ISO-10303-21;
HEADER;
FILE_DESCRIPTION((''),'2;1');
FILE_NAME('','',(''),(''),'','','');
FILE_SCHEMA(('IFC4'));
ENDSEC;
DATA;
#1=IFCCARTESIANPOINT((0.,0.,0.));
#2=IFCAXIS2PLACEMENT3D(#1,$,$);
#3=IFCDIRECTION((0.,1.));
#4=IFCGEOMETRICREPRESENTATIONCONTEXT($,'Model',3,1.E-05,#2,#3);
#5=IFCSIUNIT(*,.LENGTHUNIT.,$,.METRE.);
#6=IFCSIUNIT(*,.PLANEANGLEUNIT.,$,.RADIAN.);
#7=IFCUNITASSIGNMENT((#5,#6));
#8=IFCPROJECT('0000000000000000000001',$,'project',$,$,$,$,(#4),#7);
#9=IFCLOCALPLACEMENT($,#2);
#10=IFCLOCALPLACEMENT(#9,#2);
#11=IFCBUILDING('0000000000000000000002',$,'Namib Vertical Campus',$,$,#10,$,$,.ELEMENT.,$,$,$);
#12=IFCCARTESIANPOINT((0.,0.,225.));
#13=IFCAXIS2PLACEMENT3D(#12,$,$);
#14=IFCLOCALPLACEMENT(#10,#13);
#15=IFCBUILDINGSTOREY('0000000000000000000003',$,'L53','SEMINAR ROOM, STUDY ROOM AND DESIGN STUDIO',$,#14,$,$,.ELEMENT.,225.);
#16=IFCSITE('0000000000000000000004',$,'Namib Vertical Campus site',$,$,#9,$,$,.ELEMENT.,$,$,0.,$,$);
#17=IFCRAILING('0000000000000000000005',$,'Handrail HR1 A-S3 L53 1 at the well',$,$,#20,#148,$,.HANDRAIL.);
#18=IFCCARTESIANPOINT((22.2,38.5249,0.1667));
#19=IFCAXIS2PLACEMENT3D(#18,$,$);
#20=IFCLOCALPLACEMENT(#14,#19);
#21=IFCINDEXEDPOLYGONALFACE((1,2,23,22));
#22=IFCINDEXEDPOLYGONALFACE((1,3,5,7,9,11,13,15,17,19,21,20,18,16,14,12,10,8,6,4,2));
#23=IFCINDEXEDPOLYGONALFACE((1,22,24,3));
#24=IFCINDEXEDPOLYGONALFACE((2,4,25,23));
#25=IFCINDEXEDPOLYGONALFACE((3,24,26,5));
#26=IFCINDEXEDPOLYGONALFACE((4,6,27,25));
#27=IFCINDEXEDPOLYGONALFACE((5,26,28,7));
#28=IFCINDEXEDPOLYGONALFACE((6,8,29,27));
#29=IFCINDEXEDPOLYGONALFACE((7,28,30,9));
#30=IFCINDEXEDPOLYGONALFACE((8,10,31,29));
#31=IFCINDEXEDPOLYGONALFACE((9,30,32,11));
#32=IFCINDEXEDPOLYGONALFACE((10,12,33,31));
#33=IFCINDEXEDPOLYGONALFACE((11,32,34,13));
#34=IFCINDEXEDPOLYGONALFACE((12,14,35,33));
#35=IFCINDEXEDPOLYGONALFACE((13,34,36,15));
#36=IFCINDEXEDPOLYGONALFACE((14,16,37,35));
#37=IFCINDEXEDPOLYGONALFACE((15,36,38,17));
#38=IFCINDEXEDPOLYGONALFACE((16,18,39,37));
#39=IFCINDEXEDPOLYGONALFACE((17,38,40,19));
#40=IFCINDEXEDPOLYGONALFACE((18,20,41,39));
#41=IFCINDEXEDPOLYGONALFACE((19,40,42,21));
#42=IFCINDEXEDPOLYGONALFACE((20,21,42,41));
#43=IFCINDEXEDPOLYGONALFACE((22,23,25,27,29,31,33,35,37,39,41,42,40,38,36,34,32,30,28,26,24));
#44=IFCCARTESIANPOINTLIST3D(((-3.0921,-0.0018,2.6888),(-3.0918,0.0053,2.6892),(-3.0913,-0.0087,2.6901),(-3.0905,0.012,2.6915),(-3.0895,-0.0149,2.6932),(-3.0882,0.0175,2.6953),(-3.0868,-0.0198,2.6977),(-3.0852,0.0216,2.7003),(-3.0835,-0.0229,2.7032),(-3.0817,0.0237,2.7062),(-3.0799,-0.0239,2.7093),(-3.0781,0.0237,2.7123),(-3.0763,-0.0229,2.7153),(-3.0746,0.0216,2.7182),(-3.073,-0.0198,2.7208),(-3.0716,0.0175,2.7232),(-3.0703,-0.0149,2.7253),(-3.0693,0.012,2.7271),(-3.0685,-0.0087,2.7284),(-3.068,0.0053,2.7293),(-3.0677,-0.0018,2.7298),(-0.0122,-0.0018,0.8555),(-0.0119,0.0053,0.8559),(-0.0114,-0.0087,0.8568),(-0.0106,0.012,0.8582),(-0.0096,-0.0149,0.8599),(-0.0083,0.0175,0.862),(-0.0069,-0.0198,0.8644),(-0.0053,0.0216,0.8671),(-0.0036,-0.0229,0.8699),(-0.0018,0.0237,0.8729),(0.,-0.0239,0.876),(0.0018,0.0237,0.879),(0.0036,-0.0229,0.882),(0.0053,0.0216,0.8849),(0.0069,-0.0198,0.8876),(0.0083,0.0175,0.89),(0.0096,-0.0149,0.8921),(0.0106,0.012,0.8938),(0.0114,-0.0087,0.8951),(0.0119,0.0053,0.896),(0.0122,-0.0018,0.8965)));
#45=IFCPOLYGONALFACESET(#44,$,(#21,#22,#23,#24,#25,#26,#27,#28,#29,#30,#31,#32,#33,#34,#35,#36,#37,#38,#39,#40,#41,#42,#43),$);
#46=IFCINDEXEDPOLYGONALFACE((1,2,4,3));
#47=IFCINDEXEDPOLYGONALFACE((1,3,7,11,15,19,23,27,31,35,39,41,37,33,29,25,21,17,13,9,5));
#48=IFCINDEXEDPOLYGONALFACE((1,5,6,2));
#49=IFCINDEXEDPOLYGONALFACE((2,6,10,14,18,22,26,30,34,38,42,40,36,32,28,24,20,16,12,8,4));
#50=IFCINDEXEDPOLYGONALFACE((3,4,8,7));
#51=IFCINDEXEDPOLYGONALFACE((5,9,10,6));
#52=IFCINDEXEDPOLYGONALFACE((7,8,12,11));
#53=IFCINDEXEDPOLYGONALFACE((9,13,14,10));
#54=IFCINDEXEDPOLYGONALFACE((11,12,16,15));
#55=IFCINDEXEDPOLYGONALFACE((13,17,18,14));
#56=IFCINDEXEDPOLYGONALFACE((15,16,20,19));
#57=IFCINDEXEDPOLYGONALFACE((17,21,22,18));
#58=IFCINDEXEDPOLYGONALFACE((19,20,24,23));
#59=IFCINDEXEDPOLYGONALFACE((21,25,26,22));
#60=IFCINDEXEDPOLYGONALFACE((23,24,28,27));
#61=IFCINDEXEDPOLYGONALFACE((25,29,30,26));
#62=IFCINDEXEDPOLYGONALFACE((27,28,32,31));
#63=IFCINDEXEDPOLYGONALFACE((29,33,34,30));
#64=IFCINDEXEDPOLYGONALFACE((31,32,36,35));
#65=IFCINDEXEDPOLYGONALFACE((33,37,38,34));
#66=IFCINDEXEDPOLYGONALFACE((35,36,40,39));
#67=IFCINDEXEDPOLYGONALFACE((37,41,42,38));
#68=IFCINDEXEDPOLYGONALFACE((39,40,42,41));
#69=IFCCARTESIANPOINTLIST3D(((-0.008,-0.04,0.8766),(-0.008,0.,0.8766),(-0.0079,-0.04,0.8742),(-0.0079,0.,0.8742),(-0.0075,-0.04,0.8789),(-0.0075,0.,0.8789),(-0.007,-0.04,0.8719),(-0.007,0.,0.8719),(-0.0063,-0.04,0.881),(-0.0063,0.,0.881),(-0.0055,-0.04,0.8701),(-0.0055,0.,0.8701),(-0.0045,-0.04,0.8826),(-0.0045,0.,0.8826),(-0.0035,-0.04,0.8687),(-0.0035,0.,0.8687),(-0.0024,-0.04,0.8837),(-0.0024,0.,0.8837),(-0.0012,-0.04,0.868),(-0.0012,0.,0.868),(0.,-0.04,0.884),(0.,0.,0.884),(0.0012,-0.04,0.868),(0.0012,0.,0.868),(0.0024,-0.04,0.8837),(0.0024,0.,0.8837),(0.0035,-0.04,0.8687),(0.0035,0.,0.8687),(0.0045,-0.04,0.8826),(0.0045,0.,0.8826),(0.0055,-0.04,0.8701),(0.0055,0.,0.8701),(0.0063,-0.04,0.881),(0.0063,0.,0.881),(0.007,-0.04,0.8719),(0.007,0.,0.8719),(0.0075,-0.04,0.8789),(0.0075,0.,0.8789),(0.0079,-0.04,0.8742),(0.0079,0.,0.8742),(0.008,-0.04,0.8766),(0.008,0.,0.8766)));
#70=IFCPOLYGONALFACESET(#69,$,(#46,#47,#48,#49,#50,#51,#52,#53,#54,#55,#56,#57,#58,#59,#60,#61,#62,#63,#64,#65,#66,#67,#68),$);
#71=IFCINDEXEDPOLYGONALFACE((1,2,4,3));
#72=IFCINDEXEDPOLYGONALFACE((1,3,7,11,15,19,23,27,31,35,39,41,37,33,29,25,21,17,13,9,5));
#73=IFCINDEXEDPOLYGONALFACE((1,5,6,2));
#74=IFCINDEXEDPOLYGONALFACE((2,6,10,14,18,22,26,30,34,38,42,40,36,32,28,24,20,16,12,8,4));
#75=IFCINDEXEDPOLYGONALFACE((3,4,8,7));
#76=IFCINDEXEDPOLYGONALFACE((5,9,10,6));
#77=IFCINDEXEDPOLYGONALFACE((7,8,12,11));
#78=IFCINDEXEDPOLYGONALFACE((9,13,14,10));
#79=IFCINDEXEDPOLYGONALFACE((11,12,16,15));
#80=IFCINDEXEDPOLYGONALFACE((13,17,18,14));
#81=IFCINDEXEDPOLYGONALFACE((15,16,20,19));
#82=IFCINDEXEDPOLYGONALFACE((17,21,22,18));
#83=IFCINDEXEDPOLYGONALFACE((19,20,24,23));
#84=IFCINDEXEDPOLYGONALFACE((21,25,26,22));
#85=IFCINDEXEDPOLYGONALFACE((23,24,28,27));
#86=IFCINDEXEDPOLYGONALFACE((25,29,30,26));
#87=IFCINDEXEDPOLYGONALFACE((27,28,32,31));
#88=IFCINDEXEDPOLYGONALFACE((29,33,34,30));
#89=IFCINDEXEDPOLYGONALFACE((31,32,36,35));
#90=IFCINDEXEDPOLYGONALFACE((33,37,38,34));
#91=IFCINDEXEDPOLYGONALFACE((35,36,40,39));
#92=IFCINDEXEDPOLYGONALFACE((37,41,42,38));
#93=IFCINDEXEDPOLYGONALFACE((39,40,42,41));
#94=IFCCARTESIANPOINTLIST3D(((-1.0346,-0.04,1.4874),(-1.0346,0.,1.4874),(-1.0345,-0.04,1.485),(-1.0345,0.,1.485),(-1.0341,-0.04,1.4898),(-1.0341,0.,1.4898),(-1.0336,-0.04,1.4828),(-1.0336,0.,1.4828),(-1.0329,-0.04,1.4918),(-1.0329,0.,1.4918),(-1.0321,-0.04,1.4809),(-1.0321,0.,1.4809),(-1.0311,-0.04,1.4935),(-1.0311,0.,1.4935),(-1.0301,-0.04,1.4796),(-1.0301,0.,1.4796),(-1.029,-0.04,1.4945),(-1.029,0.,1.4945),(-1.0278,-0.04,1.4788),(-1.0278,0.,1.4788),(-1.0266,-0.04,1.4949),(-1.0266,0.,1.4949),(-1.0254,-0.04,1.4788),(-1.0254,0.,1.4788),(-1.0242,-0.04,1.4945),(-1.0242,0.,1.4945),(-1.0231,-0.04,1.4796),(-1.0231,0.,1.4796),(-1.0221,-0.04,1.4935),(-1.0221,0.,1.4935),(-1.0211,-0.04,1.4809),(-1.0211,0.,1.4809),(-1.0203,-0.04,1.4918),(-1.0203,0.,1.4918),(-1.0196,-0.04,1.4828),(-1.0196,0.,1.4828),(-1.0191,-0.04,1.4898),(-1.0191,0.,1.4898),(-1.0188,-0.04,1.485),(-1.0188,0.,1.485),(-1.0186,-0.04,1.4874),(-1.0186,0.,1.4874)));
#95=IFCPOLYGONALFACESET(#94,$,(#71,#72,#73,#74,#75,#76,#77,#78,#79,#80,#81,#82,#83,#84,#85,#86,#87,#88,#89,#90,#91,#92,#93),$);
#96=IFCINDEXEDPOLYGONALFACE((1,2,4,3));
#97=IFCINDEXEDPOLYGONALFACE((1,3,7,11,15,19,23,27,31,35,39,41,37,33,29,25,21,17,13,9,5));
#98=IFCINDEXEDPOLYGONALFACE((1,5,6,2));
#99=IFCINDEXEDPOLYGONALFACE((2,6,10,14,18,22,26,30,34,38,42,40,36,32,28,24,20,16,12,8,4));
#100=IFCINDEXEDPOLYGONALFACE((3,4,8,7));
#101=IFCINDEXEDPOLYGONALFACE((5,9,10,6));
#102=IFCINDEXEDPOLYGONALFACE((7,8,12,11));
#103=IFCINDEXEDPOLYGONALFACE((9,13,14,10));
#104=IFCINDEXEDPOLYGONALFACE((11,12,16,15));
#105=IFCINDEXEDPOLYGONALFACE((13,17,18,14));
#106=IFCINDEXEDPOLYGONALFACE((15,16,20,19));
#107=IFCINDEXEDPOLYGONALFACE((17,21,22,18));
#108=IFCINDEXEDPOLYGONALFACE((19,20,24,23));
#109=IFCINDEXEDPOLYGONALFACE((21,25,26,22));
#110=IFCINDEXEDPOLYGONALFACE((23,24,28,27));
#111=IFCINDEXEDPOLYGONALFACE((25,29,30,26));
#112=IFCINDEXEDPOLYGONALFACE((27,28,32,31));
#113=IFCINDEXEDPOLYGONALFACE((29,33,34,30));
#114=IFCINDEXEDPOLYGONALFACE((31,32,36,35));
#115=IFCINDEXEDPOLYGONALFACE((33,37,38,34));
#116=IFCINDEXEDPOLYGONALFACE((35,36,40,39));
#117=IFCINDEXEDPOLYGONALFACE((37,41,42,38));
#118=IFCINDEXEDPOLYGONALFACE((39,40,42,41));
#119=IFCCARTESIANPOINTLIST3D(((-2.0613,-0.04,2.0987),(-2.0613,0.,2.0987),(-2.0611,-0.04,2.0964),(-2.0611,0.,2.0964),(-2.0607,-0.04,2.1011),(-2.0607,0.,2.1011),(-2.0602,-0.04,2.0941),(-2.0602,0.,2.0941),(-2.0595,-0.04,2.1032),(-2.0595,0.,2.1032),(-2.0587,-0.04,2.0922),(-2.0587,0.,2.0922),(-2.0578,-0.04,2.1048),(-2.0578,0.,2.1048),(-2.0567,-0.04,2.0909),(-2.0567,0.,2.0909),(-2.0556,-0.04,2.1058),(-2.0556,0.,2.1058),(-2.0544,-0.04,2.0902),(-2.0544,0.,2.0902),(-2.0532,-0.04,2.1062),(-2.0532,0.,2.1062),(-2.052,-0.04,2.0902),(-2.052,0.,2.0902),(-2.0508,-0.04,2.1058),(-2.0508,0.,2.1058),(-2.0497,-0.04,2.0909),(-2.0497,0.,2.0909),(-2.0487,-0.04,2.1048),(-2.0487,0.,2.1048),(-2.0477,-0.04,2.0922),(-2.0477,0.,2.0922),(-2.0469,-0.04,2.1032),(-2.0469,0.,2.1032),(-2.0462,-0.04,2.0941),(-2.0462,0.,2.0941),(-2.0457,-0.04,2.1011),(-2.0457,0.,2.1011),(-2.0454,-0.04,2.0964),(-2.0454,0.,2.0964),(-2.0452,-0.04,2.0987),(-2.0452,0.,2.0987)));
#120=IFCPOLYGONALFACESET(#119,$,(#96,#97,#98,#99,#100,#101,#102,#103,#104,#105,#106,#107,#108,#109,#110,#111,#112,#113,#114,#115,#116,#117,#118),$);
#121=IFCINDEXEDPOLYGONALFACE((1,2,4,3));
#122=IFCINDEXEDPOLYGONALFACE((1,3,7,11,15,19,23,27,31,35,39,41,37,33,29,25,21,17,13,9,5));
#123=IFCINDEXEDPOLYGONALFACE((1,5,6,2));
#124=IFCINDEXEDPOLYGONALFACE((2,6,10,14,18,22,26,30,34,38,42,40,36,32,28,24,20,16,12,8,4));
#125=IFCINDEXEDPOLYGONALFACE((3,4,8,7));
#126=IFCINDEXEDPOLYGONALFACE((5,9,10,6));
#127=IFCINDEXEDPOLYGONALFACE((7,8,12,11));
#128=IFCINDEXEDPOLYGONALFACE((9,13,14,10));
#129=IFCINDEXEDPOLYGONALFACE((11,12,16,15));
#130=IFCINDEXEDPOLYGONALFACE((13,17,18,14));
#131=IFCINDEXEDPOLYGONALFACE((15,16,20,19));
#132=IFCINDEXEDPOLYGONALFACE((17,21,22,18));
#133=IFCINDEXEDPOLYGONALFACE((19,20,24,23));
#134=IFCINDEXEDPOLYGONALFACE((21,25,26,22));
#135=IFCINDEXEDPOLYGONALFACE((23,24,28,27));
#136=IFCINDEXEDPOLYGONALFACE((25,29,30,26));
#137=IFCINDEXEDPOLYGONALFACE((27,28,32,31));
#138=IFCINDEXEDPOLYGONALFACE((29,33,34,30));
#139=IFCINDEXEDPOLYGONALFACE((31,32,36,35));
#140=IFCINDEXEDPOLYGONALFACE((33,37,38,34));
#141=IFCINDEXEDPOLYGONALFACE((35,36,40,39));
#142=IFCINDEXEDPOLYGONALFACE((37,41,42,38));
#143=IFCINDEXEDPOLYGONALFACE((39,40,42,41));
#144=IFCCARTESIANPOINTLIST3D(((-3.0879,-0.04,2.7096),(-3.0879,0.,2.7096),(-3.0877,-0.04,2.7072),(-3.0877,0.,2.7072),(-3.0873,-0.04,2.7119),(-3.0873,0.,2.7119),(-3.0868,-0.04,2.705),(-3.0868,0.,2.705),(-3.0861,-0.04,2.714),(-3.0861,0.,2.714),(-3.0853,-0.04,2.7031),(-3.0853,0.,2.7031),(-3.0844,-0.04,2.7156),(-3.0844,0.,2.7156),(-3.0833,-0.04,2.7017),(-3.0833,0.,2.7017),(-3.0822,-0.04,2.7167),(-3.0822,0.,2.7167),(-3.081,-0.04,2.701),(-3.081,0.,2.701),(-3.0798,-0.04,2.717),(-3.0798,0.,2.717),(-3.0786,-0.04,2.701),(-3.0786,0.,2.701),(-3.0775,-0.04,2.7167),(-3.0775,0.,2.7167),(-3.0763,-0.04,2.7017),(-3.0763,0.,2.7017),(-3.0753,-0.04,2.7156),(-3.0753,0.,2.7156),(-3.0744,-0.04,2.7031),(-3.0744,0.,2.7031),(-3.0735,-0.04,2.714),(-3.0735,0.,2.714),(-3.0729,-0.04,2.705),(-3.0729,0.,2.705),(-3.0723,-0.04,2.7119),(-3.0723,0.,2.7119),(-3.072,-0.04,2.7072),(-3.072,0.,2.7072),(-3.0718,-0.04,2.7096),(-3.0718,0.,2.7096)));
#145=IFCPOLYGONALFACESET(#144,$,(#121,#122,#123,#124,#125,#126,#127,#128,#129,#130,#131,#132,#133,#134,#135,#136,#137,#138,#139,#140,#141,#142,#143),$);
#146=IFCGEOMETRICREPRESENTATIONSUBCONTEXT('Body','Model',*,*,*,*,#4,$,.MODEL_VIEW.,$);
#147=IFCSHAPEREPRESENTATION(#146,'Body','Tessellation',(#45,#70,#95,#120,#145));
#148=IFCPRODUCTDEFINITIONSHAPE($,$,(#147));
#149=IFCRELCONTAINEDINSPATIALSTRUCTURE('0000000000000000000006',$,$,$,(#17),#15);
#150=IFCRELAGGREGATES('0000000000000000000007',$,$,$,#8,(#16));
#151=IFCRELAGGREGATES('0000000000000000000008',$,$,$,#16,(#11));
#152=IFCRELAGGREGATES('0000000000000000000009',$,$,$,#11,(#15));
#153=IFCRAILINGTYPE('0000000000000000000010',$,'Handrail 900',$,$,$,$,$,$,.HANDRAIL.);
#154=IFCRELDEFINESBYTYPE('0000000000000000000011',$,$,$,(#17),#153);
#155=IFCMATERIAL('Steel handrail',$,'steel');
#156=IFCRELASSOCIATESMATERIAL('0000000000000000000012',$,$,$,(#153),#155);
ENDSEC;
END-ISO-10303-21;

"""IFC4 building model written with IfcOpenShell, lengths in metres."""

from ifc_helpers import new_model, si_unit, direction, frame, origin, origin_2d, place, context, subcontext, project, spatial, circle, extrude, material, type_object, element, save


model = new_model("IFC4")

# Units and contexts
model_context = context("Model", 3, precision=1e-05, world=origin(), true_north=direction((0.0, 1.0)))
body_context = subcontext(model_context, "Body", "Model", "MODEL_VIEW")
ifc_project = project(units=[si_unit("LENGTHUNIT", "METRE"), si_unit("PLANEANGLEUNIT", "RADIAN")], contexts=[model_context])

# Site, building, storey
site_placement = place(None, origin())
site = spatial("IfcSite", under=ifc_project, at=site_placement, Name="Namib Vertical Campus site", CompositionType="ELEMENT", RefElevation=0.0)
building_placement = place(site_placement, origin())
building = spatial("IfcBuilding", under=site, at=building_placement, Name="Namib Vertical Campus", CompositionType="ELEMENT")
storey_placement = place(building_placement, frame((0.0, 0.0, 225.0)))
storey = spatial("IfcBuildingStorey", under=building, at=storey_placement, Name="L53", Description="SEMINAR ROOM, STUDY ROOM AND DESIGN STUDIO", CompositionType="ELEMENT", Elevation=225.0)

# Railing
ifc_material_1 = material(Name="Steel handrail", Category="steel")
railing_type_1 = type_object("IfcRailingType", Name="Handrail 900", PredefinedType="HANDRAIL", material=ifc_material_1)
railing_1_placement = place(storey_placement, frame((22.2, 38.5249, 0.1667)))
element("IfcRailing", 1, at=railing_1_placement, inside=storey, type_object=railing_type_1, Name="Handrail HR1 A-S3 L53 1 at the well", PredefinedType="HANDRAIL", context=body_context, shape_type="SweptSolid", body=[
    extrude(circle(Radius=0.0239, at=origin_2d()), frame((0.0, 0.0, 0.876), z_axis=(-0.859291, 0.0, 0.511487), x_axis=(0.0, -1.0, 0.0)), (0.0, 0.0, 1.0), 3.5842),
    extrude(circle(Radius=0.0081, at=origin_2d()), frame((0.0, 0.0, 0.876), z_axis=(0.0, -1.0, 0.0), x_axis=(0.0, 0.0, 1.0)), (0.0, 0.0, 1.0), 0.04),
    extrude(circle(Radius=0.0081, at=origin_2d()), frame((-1.0266, 0.0, 1.4868), z_axis=(0.0, -1.0, 0.0), x_axis=(0.0, 0.0, 1.0)), (0.0, 0.0, 1.0), 0.04),
    extrude(circle(Radius=0.0081, at=origin_2d()), frame((-2.0532, 0.0, 2.0981), z_axis=(0.0, -1.0, 0.0), x_axis=(0.0, 0.0, 1.0)), (0.0, 0.0, 1.0), 0.04),
    extrude(circle(Radius=0.0081, at=origin_2d()), frame((-3.0798, 0.0, 2.709), z_axis=(0.0, -1.0, 0.0), x_axis=(0.0, 0.0, 1.0)), (0.0, 0.0, 1.0), 0.04),
])

save(model, "model.ifc")
